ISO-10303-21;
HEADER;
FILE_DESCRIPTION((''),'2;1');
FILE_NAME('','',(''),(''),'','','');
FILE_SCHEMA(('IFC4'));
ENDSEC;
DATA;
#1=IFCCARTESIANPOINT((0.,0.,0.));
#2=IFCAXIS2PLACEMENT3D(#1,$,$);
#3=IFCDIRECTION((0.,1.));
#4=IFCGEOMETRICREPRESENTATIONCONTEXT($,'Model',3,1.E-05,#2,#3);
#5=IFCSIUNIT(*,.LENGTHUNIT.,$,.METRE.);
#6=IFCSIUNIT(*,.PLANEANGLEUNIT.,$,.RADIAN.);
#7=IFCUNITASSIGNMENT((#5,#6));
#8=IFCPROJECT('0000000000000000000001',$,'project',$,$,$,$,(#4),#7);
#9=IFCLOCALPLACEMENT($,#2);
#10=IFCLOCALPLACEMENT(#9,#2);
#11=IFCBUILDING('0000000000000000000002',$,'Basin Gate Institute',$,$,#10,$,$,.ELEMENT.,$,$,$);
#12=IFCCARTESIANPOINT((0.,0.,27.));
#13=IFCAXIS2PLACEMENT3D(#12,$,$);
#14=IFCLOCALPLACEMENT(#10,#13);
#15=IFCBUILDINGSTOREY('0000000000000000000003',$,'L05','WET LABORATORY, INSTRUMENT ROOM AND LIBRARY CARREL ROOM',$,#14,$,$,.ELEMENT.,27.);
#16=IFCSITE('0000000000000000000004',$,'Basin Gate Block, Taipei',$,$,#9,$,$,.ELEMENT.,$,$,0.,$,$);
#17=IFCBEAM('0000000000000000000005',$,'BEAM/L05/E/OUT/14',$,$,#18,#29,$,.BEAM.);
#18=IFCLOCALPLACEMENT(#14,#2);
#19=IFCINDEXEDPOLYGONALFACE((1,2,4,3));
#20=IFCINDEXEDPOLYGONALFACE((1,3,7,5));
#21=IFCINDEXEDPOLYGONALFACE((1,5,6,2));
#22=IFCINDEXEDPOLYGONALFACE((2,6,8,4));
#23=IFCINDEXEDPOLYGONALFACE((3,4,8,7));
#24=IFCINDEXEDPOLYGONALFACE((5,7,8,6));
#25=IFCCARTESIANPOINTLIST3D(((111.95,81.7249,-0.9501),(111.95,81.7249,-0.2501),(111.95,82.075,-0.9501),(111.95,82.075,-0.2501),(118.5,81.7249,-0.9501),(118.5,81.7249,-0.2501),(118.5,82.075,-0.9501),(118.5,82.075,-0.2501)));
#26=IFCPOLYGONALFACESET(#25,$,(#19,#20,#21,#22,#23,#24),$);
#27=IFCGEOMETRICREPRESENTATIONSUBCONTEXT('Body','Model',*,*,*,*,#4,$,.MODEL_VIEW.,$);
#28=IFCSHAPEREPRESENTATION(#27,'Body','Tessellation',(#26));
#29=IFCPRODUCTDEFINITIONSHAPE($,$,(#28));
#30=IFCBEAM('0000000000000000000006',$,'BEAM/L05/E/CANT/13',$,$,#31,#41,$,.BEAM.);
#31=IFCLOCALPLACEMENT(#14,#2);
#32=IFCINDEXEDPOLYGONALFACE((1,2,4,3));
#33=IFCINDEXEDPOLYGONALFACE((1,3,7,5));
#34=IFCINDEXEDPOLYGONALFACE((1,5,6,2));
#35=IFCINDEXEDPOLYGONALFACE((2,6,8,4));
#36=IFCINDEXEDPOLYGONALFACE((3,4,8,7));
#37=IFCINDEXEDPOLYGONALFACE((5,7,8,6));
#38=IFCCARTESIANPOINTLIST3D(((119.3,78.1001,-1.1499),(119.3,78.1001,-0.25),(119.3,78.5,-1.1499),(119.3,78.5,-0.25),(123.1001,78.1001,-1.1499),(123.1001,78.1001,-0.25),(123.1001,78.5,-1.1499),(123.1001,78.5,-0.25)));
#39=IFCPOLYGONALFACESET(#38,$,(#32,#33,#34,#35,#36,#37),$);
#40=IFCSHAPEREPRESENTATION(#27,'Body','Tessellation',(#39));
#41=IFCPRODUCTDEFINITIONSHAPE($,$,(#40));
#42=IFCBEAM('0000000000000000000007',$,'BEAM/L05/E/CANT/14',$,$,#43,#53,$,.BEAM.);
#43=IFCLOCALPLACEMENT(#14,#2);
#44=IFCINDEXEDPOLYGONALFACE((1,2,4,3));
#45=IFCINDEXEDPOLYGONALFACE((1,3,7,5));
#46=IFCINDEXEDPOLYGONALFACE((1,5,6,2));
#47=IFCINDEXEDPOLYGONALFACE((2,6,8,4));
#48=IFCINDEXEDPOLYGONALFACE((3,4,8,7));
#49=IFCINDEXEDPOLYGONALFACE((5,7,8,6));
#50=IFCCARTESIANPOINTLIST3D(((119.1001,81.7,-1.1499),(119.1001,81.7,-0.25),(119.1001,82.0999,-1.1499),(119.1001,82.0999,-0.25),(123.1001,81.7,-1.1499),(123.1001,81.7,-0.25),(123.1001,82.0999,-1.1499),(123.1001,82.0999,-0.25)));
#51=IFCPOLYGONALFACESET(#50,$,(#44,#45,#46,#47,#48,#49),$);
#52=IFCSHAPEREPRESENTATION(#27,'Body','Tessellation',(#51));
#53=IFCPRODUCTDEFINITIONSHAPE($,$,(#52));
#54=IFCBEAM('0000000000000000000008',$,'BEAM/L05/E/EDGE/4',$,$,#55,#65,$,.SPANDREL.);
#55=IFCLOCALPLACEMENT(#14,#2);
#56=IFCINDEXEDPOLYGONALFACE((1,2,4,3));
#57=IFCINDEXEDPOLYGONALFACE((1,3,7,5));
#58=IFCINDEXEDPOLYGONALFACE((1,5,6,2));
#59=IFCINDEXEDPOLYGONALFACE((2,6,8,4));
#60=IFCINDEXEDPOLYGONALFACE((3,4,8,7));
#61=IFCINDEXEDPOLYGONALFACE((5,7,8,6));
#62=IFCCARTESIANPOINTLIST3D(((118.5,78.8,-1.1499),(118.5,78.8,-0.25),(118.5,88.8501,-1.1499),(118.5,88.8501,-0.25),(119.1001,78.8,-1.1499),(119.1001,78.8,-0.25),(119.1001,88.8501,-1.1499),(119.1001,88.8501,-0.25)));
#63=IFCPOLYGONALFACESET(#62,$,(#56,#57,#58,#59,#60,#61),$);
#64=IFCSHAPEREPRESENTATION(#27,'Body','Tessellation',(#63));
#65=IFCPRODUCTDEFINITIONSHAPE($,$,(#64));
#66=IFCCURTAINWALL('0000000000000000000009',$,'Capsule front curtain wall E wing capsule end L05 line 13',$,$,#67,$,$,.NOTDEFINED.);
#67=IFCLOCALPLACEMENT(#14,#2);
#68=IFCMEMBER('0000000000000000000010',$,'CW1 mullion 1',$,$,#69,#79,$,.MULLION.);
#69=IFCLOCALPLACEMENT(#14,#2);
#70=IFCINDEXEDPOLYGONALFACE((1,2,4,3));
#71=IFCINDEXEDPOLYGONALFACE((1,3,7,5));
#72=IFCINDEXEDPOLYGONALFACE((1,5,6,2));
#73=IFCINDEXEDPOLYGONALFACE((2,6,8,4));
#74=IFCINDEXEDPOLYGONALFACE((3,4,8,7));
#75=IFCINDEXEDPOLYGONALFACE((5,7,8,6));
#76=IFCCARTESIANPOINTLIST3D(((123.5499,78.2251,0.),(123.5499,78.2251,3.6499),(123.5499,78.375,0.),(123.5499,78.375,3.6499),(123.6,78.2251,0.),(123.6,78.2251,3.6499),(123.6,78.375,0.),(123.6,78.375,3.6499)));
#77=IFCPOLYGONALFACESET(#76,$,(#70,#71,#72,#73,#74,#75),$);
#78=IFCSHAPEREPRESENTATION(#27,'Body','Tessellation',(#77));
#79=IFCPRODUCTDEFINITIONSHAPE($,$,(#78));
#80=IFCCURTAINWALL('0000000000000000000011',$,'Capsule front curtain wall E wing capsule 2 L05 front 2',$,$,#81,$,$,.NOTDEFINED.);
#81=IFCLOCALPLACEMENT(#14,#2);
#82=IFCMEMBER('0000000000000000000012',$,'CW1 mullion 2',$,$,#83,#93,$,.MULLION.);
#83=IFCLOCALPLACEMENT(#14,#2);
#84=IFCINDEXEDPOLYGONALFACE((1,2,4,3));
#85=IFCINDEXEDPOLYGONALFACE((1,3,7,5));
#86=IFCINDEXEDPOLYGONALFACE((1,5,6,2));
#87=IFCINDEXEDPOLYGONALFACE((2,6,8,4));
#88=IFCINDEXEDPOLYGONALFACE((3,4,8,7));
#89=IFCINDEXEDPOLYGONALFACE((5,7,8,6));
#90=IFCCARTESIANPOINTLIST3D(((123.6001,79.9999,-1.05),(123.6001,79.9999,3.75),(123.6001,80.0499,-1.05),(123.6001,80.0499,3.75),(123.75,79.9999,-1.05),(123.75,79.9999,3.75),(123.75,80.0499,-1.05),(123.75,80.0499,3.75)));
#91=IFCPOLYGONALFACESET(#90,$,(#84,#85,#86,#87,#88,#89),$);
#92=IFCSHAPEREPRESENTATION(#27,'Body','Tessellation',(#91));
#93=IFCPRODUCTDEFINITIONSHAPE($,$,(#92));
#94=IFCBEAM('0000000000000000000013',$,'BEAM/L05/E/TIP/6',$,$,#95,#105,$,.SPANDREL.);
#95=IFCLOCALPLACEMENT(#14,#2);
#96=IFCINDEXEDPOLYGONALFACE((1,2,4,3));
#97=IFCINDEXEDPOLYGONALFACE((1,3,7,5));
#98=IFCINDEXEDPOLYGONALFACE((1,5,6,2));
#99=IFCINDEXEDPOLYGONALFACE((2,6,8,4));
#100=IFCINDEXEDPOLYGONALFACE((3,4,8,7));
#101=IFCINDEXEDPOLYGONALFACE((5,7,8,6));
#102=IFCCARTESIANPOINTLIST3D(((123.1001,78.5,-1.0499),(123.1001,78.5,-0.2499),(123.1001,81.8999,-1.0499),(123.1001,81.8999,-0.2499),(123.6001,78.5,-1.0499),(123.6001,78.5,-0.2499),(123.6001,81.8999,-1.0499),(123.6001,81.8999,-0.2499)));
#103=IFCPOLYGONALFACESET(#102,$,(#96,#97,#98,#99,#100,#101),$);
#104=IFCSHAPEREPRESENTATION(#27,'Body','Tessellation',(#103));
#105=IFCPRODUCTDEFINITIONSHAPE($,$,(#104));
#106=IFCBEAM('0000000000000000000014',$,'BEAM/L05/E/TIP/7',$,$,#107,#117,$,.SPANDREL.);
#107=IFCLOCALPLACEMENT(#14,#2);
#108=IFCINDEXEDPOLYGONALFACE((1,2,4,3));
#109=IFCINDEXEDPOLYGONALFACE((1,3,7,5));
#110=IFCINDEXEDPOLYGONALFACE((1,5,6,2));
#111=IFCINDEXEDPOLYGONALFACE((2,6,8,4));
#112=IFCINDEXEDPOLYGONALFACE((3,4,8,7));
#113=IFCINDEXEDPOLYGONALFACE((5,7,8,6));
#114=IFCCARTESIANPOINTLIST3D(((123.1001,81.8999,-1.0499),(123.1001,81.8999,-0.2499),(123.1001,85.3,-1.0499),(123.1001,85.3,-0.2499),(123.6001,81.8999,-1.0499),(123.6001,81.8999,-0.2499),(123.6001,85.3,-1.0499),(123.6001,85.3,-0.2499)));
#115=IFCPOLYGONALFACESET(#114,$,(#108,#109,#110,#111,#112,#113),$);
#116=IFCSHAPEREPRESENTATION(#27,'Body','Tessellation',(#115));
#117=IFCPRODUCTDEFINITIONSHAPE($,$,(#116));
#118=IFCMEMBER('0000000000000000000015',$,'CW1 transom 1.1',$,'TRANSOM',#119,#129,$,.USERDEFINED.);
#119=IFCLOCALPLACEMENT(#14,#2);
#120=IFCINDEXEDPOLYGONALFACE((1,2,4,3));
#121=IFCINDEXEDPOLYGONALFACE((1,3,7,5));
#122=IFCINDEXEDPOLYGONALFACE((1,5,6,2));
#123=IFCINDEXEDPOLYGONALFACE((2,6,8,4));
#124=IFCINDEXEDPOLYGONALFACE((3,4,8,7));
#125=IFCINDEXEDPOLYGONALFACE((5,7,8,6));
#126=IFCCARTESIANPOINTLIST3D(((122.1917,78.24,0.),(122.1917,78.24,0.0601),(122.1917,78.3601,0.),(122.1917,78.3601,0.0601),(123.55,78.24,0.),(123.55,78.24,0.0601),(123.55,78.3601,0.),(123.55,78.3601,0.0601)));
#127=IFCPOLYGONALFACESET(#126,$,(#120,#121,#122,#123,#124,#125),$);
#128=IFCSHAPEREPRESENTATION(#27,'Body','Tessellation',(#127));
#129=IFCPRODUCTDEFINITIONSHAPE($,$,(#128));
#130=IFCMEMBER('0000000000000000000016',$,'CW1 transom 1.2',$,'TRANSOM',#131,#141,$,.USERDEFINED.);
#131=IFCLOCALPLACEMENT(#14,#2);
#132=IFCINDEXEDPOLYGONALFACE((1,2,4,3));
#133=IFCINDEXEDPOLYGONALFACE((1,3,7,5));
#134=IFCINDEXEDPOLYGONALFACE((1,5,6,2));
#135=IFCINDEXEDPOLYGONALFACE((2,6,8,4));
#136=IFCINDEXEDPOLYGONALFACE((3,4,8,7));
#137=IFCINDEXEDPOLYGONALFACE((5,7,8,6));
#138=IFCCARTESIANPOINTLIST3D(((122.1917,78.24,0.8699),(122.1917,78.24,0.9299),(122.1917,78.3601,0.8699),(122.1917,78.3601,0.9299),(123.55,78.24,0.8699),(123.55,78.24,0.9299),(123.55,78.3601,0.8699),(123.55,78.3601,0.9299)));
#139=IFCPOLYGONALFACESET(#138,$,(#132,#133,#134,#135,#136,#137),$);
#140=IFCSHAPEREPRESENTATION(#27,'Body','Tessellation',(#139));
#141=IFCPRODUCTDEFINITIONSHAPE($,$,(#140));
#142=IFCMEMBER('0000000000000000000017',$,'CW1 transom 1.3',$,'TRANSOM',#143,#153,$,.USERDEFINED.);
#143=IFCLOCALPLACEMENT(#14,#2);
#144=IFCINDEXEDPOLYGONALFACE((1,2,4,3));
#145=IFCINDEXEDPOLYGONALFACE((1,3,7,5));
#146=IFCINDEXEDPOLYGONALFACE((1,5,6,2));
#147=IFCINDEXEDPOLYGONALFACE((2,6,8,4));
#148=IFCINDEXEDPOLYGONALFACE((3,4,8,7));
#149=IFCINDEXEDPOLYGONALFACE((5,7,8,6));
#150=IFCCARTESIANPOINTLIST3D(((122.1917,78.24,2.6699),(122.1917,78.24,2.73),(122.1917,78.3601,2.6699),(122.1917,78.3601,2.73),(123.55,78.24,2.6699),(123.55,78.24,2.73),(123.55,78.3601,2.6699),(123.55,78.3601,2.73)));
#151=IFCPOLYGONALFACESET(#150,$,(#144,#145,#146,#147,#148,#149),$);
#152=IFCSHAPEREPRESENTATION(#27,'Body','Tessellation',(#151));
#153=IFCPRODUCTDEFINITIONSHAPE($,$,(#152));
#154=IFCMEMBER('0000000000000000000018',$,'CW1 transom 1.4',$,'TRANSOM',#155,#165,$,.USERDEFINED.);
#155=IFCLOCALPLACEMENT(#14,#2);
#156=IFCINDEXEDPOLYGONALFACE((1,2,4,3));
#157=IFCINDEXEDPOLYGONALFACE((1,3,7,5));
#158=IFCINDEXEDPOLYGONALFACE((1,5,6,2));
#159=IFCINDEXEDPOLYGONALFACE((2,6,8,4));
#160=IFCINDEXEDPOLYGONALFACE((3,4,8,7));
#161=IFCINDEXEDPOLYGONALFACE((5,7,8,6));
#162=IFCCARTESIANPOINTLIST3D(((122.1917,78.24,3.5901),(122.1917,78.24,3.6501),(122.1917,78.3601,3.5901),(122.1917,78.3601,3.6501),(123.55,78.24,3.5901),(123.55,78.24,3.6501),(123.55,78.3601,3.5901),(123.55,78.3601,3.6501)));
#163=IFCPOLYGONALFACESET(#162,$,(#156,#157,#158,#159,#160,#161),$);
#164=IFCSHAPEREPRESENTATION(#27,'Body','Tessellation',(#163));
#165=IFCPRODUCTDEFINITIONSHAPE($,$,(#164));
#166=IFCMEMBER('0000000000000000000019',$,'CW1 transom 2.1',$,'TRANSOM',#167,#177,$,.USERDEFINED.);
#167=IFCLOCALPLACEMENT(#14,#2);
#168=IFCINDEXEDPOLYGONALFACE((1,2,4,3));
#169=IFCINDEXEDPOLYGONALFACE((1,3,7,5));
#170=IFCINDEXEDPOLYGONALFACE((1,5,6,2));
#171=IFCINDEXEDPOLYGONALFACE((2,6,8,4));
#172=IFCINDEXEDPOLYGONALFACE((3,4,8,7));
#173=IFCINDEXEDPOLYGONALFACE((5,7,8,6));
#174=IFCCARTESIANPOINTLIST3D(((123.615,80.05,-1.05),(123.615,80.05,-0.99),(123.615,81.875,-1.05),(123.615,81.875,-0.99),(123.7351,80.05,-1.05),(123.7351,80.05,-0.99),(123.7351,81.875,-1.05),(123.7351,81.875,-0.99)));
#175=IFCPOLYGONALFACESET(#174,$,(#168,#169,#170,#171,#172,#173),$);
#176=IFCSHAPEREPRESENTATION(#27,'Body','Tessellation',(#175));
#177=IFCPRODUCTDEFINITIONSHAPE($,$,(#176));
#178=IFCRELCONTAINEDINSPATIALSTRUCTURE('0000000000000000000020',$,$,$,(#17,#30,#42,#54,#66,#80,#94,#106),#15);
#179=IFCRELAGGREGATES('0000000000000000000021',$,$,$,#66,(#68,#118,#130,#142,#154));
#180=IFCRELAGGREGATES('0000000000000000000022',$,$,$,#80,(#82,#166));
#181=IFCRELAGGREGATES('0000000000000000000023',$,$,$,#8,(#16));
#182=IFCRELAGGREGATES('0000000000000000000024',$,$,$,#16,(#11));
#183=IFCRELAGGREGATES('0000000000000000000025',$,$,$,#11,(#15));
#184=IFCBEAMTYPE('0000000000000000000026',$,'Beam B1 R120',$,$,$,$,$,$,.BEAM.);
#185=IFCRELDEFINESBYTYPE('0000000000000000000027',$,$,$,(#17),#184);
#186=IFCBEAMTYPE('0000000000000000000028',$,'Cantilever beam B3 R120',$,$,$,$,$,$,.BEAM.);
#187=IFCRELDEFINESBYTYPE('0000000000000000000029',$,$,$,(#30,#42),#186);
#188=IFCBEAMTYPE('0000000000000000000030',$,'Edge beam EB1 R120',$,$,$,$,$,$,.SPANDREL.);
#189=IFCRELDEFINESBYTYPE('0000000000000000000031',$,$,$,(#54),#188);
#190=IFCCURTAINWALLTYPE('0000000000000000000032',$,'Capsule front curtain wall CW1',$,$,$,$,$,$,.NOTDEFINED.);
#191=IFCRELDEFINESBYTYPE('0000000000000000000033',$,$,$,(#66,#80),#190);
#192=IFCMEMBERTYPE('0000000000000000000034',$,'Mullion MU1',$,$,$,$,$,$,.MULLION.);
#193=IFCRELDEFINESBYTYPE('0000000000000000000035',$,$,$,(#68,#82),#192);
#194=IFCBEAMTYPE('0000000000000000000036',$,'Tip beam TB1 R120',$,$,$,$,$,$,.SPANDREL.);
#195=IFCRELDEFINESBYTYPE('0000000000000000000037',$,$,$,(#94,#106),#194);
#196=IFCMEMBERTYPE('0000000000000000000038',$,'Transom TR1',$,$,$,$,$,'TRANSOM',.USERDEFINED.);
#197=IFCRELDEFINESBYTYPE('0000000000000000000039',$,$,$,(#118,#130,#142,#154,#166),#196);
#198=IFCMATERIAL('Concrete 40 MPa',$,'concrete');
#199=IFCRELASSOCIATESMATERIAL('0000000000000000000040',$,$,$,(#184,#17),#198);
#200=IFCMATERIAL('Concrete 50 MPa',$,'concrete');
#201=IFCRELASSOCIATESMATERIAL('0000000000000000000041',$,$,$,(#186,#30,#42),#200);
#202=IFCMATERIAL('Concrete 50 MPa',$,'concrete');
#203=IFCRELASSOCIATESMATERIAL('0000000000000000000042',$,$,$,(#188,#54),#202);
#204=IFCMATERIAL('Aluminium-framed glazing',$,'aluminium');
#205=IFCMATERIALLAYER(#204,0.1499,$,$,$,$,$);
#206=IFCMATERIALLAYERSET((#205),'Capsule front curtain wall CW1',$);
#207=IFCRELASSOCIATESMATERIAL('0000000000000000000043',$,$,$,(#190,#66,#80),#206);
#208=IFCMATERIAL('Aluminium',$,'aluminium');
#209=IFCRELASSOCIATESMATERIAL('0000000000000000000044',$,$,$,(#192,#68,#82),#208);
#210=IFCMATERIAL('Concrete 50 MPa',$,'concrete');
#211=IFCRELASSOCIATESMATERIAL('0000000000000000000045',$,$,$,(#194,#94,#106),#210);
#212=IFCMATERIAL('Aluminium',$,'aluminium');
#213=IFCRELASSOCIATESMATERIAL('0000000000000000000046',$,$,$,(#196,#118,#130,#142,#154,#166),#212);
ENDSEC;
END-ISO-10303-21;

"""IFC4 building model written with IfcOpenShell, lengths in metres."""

from ifc_helpers import new_model, si_unit, direction, frame, origin, origin_2d, place, context, subcontext, project, spatial, rectangle, extrude, material, layer, layer_set, material_profile, profile_set, type_object, element, aggregate, save


model = new_model("IFC4")

# Units and contexts
model_context = context("Model", 3, precision=1e-05, world=origin(), true_north=direction((0.0, 1.0)))
body_context = subcontext(model_context, "Body", "Model", "MODEL_VIEW")
ifc_project = project(units=[si_unit("LENGTHUNIT", "METRE"), si_unit("PLANEANGLEUNIT", "RADIAN")], contexts=[model_context])

# Site, building, storey
site_placement = place(None, origin())
site = spatial("IfcSite", under=ifc_project, at=site_placement, Name="Basin Gate Block, Taipei", CompositionType="ELEMENT", RefElevation=0.0)
building_placement = place(site_placement, origin())
building = spatial("IfcBuilding", under=site, at=building_placement, Name="Basin Gate Institute", CompositionType="ELEMENT")
storey_placement = place(building_placement, frame((0.0, 0.0, 27.0)))
storey = spatial("IfcBuildingStorey", under=building, at=storey_placement, Name="L05", Description="WET LABORATORY, INSTRUMENT ROOM AND LIBRARY CARREL ROOM", CompositionType="ELEMENT", Elevation=27.0)

# Beams
ifc_material_1 = material(Name="Concrete 40 MPa", Category="concrete")
ifc_material_profile_1 = material_profile(ifc_material_1, rectangle(XDim=0.3501, YDim=0.7, at=origin_2d()), Name="Beam B1 350 x 700")
ifc_profile_set_1 = profile_set([ifc_material_profile_1], Name="Concrete 40 MPa")
beam_type_1 = type_object("IfcBeamType", Name="Beam B1 R120", PredefinedType="BEAM", material=ifc_profile_set_1)
beam_1_placement = place(storey_placement, frame((118.5, 81.8999, -0.6001), z_axis=(-1.0, 0.0, 0.0), x_axis=(0.0, -1.0, 0.0)))
element("IfcBeam", 1, at=beam_1_placement, inside=storey, type_object=beam_type_1, material=ifc_profile_set_1, Name="BEAM/L05/E/OUT/14", PredefinedType="BEAM", context=body_context, shape_type="SweptSolid", body=[
    extrude(rectangle(XDim=0.3501, YDim=0.7, at=origin_2d()), origin(), (0.0, 0.0, 1.0), 6.55),
])
ifc_material_2 = material(Name="Concrete 50 MPa", Category="concrete")
ifc_material_profile_2 = material_profile(ifc_material_2, rectangle(XDim=0.3999, YDim=0.8999, at=origin_2d()), Name="Cantilever beam B3 400 x 900")
ifc_profile_set_2 = profile_set([ifc_material_profile_2], Name="Concrete 50 MPa")
beam_type_2 = type_object("IfcBeamType", Name="Cantilever beam B3 R120", PredefinedType="BEAM", material=ifc_profile_set_2)
beam_2_placement = place(storey_placement, frame((123.1001, 78.3, -0.7), z_axis=(-1.0, 0.0, 0.0), x_axis=(0.0, -1.0, 0.0)))
element("IfcBeam", 2, at=beam_2_placement, inside=storey, type_object=beam_type_2, material=ifc_profile_set_2, Name="BEAM/L05/E/CANT/13", PredefinedType="BEAM", context=body_context, shape_type="SweptSolid", body=[
    extrude(rectangle(XDim=0.3999, YDim=0.8999, at=origin_2d()), origin(), (0.0, 0.0, 1.0), 3.8),
])
beam_3_placement = place(storey_placement, frame((123.1001, 81.8999, -0.7), z_axis=(-1.0, 0.0, 0.0), x_axis=(0.0, -1.0, 0.0)))
element("IfcBeam", 3, at=beam_3_placement, inside=storey, type_object=beam_type_2, material=ifc_profile_set_2, Name="BEAM/L05/E/CANT/14", PredefinedType="BEAM", context=body_context, shape_type="SweptSolid", body=[
    extrude(rectangle(XDim=0.3999, YDim=0.8999, at=origin_2d()), origin(), (0.0, 0.0, 1.0), 4.0),
])
ifc_material_3 = material(Name="Concrete 50 MPa", Category="concrete")
ifc_material_profile_3 = material_profile(ifc_material_3, rectangle(XDim=0.6001, YDim=0.8999, at=origin_2d()), Name="Edge beam EB1 600 x 900")
ifc_profile_set_3 = profile_set([ifc_material_profile_3], Name="Concrete 50 MPa")
beam_type_3 = type_object("IfcBeamType", Name="Edge beam EB1 R120", PredefinedType="SPANDREL", material=ifc_profile_set_3)
beam_4_placement = place(storey_placement, frame((118.8, 78.8, -0.7), z_axis=(0.0, 1.0, 0.0), x_axis=(-1.0, 0.0, 0.0)))
element("IfcBeam", 4, at=beam_4_placement, inside=storey, type_object=beam_type_3, material=ifc_profile_set_3, Name="BEAM/L05/E/EDGE/4", PredefinedType="SPANDREL", context=body_context, shape_type="SweptSolid", body=[
    extrude(rectangle(XDim=0.6001, YDim=0.8999, at=origin_2d()), origin(), (0.0, 0.0, 1.0), 10.05),
])

# Curtain walls, members
ifc_material_4 = material(Name="Aluminium-framed glazing", Category="aluminium")
ifc_layer_1 = layer(ifc_material_4, 0.1499)
ifc_layer_set_1 = layer_set([ifc_layer_1], Name="Capsule front curtain wall CW1")
curtain_wall_type = type_object("IfcCurtainWallType", Name="Capsule front curtain wall CW1", PredefinedType="NOTDEFINED", material=ifc_layer_set_1)
curtain_wall_1_placement = place(storey_placement, origin())
curtain_wall_1 = element("IfcCurtainWall", 5, at=curtain_wall_1_placement, inside=storey, type_object=curtain_wall_type, material=ifc_layer_set_1, Name="Capsule front curtain wall E wing capsule end L05 line 13", PredefinedType="NOTDEFINED")
ifc_material_5 = material(Name="Aluminium", Category="aluminium")
ifc_material_profile_4 = material_profile(ifc_material_5, rectangle(XDim=0.1499, YDim=0.05, at=origin_2d()), Name="Mullion MU1 150 x 50")
ifc_profile_set_4 = profile_set([ifc_material_profile_4], Name="Aluminium")
member_type_1 = type_object("IfcMemberType", Name="Mullion MU1", PredefinedType="MULLION", material=ifc_profile_set_4)
member_1_placement = place(storey_placement, frame((123.575, 78.3, 0.0), z_axis=(0.0, 0.0, 1.0), x_axis=(0.0, -1.0, 0.0)))
member_1 = element("IfcMember", 6, at=member_1_placement, type_object=member_type_1, material=ifc_profile_set_4, Name="CW1 mullion 1", PredefinedType="MULLION", context=body_context, shape_type="SweptSolid", body=[
    extrude(rectangle(XDim=0.1499, YDim=0.05, at=origin_2d()), origin(), (0.0, 0.0, 1.0), 3.6499),
])
curtain_wall_2_placement = place(storey_placement, origin())
curtain_wall_2 = element("IfcCurtainWall", 7, at=curtain_wall_2_placement, inside=storey, type_object=curtain_wall_type, material=ifc_layer_set_1, Name="Capsule front curtain wall E wing capsule 2 L05 front 2", PredefinedType="NOTDEFINED")
member_2_placement = place(storey_placement, frame((123.675, 80.0249, -1.05), z_axis=(0.0, 0.0, 1.0), x_axis=(-1.0, 0.0, 0.0)))
member_2 = element("IfcMember", 8, at=member_2_placement, type_object=member_type_1, material=ifc_profile_set_4, Name="CW1 mullion 2", PredefinedType="MULLION", context=body_context, shape_type="SweptSolid", body=[
    extrude(rectangle(XDim=0.1499, YDim=0.05, at=origin_2d()), origin(), (0.0, 0.0, 1.0), 4.8),
])

# Beams
ifc_material_6 = material(Name="Concrete 50 MPa", Category="concrete")
ifc_material_profile_5 = material_profile(ifc_material_6, rectangle(XDim=0.5, YDim=0.8, at=origin_2d()), Name="Tip beam TB1 500 x 800")
ifc_profile_set_5 = profile_set([ifc_material_profile_5], Name="Concrete 50 MPa")
beam_type_4 = type_object("IfcBeamType", Name="Tip beam TB1 R120", PredefinedType="SPANDREL", material=ifc_profile_set_5)
beam_5_placement = place(storey_placement, frame((123.3501, 78.5, -0.6499), z_axis=(0.0, 1.0, 0.0), x_axis=(-1.0, 0.0, 0.0)))
element("IfcBeam", 9, at=beam_5_placement, inside=storey, type_object=beam_type_4, material=ifc_profile_set_5, Name="BEAM/L05/E/TIP/6", PredefinedType="SPANDREL", context=body_context, shape_type="SweptSolid", body=[
    extrude(rectangle(XDim=0.5, YDim=0.8, at=origin_2d()), origin(), (0.0, 0.0, 1.0), 3.3999),
])
beam_6_placement = place(storey_placement, frame((123.3501, 81.8999, -0.6499), z_axis=(0.0, 1.0, 0.0), x_axis=(-1.0, 0.0, 0.0)))
element("IfcBeam", 10, at=beam_6_placement, inside=storey, type_object=beam_type_4, material=ifc_profile_set_5, Name="BEAM/L05/E/TIP/7", PredefinedType="SPANDREL", context=body_context, shape_type="SweptSolid", body=[
    extrude(rectangle(XDim=0.5, YDim=0.8, at=origin_2d()), origin(), (0.0, 0.0, 1.0), 3.4001),
])

# Members
ifc_material_7 = material(Name="Aluminium", Category="aluminium")
ifc_material_profile_6 = material_profile(ifc_material_7, rectangle(XDim=0.1201, YDim=0.0601, at=origin_2d()), Name="Transom TR1 120 x 60")
ifc_profile_set_6 = profile_set([ifc_material_profile_6], Name="Aluminium")
member_type_2 = type_object("IfcMemberType", Name="Transom TR1", ElementType="TRANSOM", PredefinedType="USERDEFINED", material=ifc_profile_set_6)
member_3_placement = place(storey_placement, frame((123.55, 78.3, 0.03), z_axis=(-1.0, 0.0, 0.0), x_axis=(0.0, -1.0, 0.0)))
member_3 = element("IfcMember", 11, at=member_3_placement, type_object=member_type_2, material=ifc_profile_set_6, Name="CW1 transom 1.1", ObjectType="TRANSOM", PredefinedType="USERDEFINED", context=body_context, shape_type="SweptSolid", body=[
    extrude(rectangle(XDim=0.1201, YDim=0.0601, at=origin_2d()), origin(), (0.0, 0.0, 1.0), 1.3584),
])
member_4_placement = place(storey_placement, frame((123.55, 78.3, 0.8999), z_axis=(-1.0, 0.0, 0.0), x_axis=(0.0, -1.0, 0.0)))
member_4 = element("IfcMember", 12, at=member_4_placement, type_object=member_type_2, material=ifc_profile_set_6, Name="CW1 transom 1.2", ObjectType="TRANSOM", PredefinedType="USERDEFINED", context=body_context, shape_type="SweptSolid", body=[
    extrude(rectangle(XDim=0.1201, YDim=0.0601, at=origin_2d()), origin(), (0.0, 0.0, 1.0), 1.3584),
])
member_5_placement = place(storey_placement, frame((123.55, 78.3, 2.7), z_axis=(-1.0, 0.0, 0.0), x_axis=(0.0, -1.0, 0.0)))
member_5 = element("IfcMember", 13, at=member_5_placement, type_object=member_type_2, material=ifc_profile_set_6, Name="CW1 transom 1.3", ObjectType="TRANSOM", PredefinedType="USERDEFINED", context=body_context, shape_type="SweptSolid", body=[
    extrude(rectangle(XDim=0.1201, YDim=0.0601, at=origin_2d()), origin(), (0.0, 0.0, 1.0), 1.3584),
])
member_6_placement = place(storey_placement, frame((123.55, 78.3, 3.6201), z_axis=(-1.0, 0.0, 0.0), x_axis=(0.0, -1.0, 0.0)))
member_6 = element("IfcMember", 14, at=member_6_placement, type_object=member_type_2, material=ifc_profile_set_6, Name="CW1 transom 1.4", ObjectType="TRANSOM", PredefinedType="USERDEFINED", context=body_context, shape_type="SweptSolid", body=[
    extrude(rectangle(XDim=0.1201, YDim=0.0601, at=origin_2d()), origin(), (0.0, 0.0, 1.0), 1.3584),
])
aggregate(curtain_wall_1, [member_1, member_3, member_4, member_5, member_6])
member_7_placement = place(storey_placement, frame((123.675, 80.05, -1.02), z_axis=(0.0, 1.0, 0.0), x_axis=(-1.0, 0.0, 0.0)))
member_7 = element("IfcMember", 15, at=member_7_placement, type_object=member_type_2, material=ifc_profile_set_6, Name="CW1 transom 2.1", ObjectType="TRANSOM", PredefinedType="USERDEFINED", context=body_context, shape_type="SweptSolid", body=[
    extrude(rectangle(XDim=0.1201, YDim=0.0601, at=origin_2d()), origin(), (0.0, 0.0, 1.0), 1.825),
])

aggregate(curtain_wall_2, [member_2, member_7])

save(model, "model.ifc")
